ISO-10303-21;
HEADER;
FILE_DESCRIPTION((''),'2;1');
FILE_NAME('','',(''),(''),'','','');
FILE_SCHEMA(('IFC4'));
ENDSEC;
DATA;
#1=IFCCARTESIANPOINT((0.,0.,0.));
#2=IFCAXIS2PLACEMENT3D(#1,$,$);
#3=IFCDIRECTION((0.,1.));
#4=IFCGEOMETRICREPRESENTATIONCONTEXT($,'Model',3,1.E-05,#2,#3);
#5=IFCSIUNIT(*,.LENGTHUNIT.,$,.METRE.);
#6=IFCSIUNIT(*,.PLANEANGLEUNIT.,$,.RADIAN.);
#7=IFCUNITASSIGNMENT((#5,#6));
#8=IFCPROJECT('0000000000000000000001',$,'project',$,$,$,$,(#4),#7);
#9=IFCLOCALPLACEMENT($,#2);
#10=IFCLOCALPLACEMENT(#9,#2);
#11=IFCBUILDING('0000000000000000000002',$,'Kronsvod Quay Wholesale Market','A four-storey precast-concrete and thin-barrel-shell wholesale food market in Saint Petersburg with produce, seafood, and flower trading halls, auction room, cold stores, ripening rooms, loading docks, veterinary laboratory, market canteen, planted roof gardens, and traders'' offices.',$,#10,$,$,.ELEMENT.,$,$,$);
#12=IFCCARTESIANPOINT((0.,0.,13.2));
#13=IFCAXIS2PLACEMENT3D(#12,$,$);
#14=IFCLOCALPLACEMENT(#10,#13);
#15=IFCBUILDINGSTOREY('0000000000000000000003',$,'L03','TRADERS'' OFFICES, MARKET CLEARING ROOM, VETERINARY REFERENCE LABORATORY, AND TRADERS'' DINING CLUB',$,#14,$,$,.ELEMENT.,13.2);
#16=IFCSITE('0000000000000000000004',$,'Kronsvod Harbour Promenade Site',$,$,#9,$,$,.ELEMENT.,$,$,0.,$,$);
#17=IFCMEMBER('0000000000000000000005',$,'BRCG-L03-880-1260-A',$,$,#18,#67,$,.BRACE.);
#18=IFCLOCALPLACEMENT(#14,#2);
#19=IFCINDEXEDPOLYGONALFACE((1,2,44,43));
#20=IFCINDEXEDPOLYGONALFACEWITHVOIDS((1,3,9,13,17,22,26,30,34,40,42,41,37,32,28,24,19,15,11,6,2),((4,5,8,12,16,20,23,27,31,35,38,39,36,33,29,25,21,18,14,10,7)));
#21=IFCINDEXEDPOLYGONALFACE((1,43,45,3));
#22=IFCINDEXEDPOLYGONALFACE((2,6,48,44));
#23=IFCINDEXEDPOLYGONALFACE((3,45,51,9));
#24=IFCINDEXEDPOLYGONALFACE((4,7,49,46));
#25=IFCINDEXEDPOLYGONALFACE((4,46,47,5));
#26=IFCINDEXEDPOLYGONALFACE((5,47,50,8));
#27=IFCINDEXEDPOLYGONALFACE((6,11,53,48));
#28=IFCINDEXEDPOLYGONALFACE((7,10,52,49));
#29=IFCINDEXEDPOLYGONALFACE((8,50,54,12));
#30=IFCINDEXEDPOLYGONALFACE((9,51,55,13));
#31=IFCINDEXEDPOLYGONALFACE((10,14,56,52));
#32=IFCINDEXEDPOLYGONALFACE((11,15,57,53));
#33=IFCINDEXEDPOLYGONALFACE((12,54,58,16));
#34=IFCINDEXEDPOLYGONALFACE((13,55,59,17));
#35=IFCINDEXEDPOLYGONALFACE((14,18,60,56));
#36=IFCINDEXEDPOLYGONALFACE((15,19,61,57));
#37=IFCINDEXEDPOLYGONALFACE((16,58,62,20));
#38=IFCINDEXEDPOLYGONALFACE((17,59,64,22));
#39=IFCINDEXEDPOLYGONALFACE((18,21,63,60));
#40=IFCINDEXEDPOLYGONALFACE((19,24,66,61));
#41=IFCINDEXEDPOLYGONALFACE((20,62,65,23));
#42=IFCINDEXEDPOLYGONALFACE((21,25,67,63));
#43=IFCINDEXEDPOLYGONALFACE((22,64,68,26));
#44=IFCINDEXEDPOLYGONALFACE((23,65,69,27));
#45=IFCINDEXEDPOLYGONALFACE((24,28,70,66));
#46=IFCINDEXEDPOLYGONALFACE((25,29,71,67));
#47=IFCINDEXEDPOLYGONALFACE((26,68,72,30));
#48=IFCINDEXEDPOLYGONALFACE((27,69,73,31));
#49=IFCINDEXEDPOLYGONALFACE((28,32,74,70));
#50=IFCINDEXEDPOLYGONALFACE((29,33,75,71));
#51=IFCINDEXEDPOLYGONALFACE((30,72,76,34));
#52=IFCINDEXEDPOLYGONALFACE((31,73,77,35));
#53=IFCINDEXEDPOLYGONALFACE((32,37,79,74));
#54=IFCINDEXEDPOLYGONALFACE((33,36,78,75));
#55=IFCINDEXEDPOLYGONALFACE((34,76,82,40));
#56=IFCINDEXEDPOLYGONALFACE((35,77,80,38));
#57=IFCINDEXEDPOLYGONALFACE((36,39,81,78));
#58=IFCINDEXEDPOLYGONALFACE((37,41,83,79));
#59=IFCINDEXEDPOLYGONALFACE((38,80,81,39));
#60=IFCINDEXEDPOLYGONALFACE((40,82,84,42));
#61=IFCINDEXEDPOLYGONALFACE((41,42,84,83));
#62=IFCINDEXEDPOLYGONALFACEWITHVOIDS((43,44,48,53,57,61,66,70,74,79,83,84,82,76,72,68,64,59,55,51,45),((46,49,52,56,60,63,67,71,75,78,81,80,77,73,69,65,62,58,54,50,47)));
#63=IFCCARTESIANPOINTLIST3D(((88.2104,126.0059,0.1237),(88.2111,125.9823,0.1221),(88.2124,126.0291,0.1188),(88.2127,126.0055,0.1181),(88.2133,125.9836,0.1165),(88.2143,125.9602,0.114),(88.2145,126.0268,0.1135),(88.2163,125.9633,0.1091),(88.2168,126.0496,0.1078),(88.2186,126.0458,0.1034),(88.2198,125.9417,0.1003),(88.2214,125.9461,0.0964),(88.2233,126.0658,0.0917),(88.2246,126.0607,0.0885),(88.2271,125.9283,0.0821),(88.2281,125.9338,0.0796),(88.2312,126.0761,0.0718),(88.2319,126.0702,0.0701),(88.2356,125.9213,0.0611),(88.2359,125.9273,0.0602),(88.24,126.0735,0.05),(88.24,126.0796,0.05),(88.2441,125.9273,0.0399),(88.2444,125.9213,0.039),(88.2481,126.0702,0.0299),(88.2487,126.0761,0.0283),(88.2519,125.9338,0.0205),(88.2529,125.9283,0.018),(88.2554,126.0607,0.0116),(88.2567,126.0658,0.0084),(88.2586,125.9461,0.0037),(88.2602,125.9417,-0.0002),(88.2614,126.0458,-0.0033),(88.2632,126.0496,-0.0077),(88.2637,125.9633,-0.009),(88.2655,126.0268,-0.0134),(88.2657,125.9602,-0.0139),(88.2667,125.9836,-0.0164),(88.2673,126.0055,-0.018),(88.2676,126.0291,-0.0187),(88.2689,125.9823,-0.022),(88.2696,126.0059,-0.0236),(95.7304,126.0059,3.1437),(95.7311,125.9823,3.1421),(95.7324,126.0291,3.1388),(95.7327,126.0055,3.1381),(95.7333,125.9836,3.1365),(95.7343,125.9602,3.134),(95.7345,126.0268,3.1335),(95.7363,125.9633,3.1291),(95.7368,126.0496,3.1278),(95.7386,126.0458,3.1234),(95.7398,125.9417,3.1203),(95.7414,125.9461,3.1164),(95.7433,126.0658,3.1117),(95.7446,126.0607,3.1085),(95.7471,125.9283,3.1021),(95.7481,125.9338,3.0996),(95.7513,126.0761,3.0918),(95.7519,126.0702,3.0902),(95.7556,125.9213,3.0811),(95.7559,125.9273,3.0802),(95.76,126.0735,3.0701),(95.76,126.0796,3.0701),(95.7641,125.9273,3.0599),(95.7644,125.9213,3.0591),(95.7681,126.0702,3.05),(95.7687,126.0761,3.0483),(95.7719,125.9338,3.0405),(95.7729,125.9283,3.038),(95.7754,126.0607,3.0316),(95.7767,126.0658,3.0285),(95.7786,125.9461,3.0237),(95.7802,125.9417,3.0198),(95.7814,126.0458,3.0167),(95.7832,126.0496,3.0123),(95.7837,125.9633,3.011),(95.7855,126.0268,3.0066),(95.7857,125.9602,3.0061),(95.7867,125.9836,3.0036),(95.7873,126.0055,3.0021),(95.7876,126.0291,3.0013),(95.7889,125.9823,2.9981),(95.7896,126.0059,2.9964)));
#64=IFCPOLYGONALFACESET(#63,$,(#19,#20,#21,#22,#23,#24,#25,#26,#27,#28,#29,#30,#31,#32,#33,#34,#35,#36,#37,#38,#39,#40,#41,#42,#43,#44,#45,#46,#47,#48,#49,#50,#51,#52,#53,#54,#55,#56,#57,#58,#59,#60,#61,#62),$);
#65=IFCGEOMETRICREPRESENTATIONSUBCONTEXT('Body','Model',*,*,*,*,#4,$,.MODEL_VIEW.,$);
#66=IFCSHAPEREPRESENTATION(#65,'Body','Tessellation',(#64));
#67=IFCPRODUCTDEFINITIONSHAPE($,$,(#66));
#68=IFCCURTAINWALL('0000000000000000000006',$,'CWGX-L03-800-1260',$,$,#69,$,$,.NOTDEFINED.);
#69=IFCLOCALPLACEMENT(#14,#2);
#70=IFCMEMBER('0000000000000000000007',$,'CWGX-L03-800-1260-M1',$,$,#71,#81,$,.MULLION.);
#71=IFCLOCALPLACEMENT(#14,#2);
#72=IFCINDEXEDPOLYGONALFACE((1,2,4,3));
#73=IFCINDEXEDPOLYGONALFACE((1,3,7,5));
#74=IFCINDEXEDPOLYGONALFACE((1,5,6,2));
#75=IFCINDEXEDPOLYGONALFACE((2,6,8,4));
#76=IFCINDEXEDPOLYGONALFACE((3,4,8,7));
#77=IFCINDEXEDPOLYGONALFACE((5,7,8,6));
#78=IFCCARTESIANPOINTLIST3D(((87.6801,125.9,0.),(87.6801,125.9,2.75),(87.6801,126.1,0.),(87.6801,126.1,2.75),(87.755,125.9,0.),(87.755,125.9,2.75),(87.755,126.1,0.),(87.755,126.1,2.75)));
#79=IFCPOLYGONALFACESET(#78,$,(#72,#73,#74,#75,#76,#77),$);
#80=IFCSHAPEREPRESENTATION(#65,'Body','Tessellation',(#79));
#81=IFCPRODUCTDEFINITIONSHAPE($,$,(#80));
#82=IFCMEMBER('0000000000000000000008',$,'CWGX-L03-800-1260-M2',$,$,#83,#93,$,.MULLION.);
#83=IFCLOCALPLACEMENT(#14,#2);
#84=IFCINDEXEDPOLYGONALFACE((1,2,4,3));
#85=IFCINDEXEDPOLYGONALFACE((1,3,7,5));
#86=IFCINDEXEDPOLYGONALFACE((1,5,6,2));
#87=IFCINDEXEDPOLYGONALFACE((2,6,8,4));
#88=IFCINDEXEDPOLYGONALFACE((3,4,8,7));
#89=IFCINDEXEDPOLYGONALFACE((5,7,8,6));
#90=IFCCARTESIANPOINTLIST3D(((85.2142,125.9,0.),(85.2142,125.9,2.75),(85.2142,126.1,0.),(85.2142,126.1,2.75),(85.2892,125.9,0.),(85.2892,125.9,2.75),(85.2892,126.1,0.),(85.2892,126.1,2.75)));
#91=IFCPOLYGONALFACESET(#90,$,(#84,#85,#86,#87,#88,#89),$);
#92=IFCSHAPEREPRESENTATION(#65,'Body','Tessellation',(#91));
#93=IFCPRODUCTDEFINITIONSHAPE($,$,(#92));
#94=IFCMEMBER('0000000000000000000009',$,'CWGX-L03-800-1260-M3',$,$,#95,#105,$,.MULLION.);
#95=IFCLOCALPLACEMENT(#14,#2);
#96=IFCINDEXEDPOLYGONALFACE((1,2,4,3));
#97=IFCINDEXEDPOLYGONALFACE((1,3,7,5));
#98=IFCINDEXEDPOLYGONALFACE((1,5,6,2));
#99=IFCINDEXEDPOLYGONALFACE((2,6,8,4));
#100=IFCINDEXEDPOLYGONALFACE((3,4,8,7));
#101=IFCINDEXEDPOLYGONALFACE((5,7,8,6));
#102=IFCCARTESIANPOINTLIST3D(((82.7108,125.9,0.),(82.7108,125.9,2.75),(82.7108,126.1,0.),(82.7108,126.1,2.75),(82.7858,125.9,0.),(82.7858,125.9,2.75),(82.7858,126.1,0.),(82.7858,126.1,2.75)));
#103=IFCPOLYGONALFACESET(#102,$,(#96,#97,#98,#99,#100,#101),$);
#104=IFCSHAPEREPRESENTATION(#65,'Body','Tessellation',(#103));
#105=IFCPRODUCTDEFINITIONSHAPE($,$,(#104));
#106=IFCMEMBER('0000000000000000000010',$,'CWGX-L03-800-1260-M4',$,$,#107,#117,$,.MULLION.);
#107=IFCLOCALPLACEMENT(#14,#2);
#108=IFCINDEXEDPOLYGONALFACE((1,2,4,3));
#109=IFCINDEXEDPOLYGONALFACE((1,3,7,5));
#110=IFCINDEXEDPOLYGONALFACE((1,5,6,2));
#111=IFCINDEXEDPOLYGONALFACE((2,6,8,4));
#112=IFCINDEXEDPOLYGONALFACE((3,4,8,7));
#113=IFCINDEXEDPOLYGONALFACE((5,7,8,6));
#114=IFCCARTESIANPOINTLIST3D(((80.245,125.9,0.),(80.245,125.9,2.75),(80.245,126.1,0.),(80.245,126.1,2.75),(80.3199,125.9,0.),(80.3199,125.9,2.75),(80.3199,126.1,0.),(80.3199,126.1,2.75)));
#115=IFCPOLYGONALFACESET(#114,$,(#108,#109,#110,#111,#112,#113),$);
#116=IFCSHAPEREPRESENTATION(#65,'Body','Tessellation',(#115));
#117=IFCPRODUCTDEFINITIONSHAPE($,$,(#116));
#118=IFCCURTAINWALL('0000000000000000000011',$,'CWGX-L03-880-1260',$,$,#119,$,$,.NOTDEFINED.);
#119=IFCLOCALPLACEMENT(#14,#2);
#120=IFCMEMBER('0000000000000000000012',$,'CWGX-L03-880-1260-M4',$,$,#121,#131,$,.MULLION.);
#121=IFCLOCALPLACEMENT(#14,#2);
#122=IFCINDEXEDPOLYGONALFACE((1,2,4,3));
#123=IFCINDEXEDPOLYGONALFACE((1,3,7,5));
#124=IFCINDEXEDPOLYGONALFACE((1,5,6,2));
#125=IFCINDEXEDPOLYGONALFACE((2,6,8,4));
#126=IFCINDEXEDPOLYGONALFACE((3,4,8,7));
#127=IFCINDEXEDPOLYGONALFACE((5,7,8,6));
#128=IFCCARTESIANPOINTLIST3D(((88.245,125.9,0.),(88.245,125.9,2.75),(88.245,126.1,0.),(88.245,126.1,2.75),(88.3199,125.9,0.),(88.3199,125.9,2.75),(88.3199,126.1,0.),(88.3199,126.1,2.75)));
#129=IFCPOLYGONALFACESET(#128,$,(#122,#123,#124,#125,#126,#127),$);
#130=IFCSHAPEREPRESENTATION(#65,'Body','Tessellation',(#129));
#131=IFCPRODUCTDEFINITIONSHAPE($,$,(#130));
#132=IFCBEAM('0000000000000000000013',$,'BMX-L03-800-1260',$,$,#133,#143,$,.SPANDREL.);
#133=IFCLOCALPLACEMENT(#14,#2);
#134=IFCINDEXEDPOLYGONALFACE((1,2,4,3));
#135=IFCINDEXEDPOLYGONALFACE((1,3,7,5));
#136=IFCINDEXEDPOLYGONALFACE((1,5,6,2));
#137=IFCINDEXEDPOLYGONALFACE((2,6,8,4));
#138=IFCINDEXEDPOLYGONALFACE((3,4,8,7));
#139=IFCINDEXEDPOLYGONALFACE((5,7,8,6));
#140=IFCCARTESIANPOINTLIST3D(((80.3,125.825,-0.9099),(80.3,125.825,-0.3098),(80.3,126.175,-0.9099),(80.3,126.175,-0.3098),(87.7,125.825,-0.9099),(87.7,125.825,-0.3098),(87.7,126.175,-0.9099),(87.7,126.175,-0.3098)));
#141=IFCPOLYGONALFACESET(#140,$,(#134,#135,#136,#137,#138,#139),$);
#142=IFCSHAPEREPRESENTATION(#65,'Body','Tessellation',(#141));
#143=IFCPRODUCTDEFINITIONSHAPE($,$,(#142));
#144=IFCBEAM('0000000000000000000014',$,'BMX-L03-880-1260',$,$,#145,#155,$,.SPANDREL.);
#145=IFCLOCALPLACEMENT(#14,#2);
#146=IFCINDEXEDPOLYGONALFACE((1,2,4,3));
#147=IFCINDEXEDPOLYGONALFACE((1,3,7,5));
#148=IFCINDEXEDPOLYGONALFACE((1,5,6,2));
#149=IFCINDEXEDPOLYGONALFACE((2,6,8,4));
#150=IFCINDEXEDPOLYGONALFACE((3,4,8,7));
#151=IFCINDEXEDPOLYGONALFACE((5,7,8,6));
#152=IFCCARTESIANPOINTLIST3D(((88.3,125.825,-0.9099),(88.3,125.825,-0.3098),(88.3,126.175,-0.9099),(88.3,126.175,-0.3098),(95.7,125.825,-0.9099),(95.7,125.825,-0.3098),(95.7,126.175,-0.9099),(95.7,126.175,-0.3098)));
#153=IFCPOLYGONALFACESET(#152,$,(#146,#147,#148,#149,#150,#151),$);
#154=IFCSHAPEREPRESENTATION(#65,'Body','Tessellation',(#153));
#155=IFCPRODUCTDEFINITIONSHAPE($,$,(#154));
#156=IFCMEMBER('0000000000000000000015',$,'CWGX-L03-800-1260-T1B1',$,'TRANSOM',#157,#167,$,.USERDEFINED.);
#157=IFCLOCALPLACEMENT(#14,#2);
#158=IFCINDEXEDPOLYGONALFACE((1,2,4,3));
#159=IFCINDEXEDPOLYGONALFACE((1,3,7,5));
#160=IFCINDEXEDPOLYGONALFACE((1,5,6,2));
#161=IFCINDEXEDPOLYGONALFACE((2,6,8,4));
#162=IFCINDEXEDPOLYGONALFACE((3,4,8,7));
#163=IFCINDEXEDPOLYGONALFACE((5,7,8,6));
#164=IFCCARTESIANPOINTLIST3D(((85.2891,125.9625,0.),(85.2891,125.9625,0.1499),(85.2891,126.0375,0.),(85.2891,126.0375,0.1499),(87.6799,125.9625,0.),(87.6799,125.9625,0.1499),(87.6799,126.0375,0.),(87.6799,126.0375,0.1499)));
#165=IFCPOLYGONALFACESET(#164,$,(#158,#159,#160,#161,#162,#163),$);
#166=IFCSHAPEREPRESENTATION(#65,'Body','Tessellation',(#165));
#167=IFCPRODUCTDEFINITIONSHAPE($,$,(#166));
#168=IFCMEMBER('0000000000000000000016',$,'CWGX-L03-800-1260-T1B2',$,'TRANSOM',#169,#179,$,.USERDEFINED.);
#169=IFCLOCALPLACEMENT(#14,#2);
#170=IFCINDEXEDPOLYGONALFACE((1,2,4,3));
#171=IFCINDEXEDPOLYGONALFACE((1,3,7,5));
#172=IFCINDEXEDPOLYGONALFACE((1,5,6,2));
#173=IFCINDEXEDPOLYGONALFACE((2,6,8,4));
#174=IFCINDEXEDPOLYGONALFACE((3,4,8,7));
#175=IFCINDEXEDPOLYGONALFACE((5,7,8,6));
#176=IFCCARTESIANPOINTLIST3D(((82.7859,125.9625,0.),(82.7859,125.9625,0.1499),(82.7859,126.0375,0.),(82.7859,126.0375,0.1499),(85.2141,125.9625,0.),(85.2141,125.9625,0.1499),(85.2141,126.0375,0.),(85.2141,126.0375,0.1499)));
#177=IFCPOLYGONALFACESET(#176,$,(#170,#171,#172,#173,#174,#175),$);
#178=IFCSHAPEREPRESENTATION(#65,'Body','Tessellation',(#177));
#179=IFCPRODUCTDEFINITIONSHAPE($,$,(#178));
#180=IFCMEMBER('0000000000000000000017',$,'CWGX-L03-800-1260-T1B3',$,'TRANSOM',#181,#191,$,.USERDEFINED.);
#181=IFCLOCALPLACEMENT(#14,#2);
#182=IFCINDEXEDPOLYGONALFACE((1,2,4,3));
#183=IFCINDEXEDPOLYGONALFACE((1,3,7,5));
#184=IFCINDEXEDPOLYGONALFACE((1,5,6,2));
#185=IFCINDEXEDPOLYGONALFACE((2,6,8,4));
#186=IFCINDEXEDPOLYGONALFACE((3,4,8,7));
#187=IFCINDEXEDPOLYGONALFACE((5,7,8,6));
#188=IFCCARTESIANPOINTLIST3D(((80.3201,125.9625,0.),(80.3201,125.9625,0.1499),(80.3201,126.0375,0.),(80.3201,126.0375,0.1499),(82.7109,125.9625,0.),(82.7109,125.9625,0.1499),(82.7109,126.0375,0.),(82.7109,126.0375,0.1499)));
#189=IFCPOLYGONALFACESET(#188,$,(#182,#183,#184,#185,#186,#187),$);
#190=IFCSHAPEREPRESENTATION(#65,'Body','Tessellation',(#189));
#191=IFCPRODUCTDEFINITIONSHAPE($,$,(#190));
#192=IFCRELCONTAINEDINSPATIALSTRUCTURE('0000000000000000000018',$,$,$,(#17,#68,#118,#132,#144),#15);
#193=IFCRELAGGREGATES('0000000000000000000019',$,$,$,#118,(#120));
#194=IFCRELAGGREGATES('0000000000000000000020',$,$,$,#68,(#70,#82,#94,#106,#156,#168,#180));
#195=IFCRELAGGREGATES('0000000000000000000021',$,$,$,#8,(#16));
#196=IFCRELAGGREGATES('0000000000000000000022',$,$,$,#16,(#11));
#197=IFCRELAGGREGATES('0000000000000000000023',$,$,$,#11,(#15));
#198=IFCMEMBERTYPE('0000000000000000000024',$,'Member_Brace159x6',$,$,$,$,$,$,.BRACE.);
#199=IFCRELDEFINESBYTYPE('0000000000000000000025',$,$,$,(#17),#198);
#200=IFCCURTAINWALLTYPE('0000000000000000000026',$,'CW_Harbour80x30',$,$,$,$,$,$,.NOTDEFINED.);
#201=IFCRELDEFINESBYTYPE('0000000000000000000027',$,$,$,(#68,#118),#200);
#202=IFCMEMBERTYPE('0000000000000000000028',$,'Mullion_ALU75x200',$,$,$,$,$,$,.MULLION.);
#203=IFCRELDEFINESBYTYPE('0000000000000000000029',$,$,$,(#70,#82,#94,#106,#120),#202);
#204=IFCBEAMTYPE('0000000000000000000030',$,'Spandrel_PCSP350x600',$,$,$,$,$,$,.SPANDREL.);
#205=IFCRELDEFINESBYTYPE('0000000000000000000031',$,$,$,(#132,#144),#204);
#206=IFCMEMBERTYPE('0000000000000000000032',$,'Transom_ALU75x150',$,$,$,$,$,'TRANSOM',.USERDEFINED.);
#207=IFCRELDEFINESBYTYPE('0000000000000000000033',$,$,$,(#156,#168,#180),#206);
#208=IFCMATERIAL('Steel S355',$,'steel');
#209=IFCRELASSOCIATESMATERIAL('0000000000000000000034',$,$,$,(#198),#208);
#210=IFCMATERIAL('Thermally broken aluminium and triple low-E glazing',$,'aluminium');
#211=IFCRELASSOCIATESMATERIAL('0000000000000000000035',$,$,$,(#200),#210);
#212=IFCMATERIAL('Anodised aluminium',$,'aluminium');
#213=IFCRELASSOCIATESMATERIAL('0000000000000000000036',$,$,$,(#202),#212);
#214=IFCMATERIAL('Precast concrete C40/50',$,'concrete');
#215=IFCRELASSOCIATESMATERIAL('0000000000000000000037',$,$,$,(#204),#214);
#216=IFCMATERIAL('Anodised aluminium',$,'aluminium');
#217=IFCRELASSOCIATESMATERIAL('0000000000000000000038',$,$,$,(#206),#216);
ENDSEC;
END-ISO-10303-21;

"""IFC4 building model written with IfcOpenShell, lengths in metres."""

from ifc_helpers import new_model, si_unit, direction, frame, origin, origin_2d, place, context, subcontext, project, spatial, rectangle, hollow_circle, extrude, material, material_profile, profile_set, type_object, element, aggregate, save


model = new_model("IFC4")

# Units and contexts
model_context = context("Model", 3, precision=1e-05, world=origin(), true_north=direction((0.0, 1.0)))
body_context = subcontext(model_context, "Body", "Model", "MODEL_VIEW")
ifc_project = project(units=[si_unit("LENGTHUNIT", "METRE"), si_unit("PLANEANGLEUNIT", "RADIAN")], contexts=[model_context])

# Site, building, storey
site_placement = place(None, origin())
site = spatial("IfcSite", under=ifc_project, at=site_placement, Name="Kronsvod Harbour Promenade Site", CompositionType="ELEMENT", RefElevation=0.0)
building_placement = place(site_placement, origin())
building = spatial("IfcBuilding", under=site, at=building_placement, Name="Kronsvod Quay Wholesale Market", Description="A four-storey precast-concrete and thin-barrel-shell wholesale food market in Saint Petersburg with produce, seafood, and flower trading halls, auction room, cold stores, ripening rooms, loading docks, veterinary laboratory, market canteen, planted roof gardens, and traders' offices.", CompositionType="ELEMENT")
storey_placement = place(building_placement, frame((0.0, 0.0, 13.2)))
storey = spatial("IfcBuildingStorey", under=building, at=storey_placement, Name="L03", Description="TRADERS' OFFICES, MARKET CLEARING ROOM, VETERINARY REFERENCE LABORATORY, AND TRADERS' DINING CLUB", CompositionType="ELEMENT", Elevation=13.2)

# Member
ifc_material_1 = material(Name="Steel S355", Category="steel")
ifc_material_profile_1 = material_profile(ifc_material_1, hollow_circle(Radius=0.0796, WallThickness=0.0061, at=origin_2d()), Name="CHS159x6")
ifc_profile_set_1 = profile_set([ifc_material_profile_1], Name="Steel S355")
member_type_1 = type_object("IfcMemberType", Name="Member_Brace159x6", PredefinedType="BRACE", material=ifc_profile_set_1)
member_1_placement = place(storey_placement, frame((88.24, 126.0, 0.05), z_axis=(0.927965, 0.0, 0.372668), x_axis=(0.0, 1.0, 0.0)))
element("IfcMember", 1, at=member_1_placement, inside=storey, type_object=member_type_1, Name="BRCG-L03-880-1260-A", PredefinedType="BRACE", context=body_context, shape_type="SweptSolid", body=[
    extrude(hollow_circle(Radius=0.0796, WallThickness=0.0061, at=origin_2d()), origin(), (0.0, 0.0, 1.0), 8.1038),
])

# Curtain wall, members
ifc_material_2 = material(Name="Thermally broken aluminium and triple low-E glazing", Category="aluminium")
curtain_wall_type = type_object("IfcCurtainWallType", Name="CW_Harbour80x30", PredefinedType="NOTDEFINED", material=ifc_material_2)
curtain_wall_1_placement = place(storey_placement, origin())
curtain_wall_1 = element("IfcCurtainWall", 2, at=curtain_wall_1_placement, inside=storey, type_object=curtain_wall_type, Name="CWGX-L03-800-1260", PredefinedType="NOTDEFINED")
ifc_material_3 = material(Name="Anodised aluminium", Category="aluminium")
ifc_material_profile_2 = material_profile(ifc_material_3, rectangle(XDim=0.075, YDim=0.2, at=origin_2d()), Name="ALUM75x200")
ifc_profile_set_2 = profile_set([ifc_material_profile_2], Name="Anodised aluminium")
member_type_2 = type_object("IfcMemberType", Name="Mullion_ALU75x200", PredefinedType="MULLION", material=ifc_profile_set_2)
member_2_placement = place(storey_placement, frame((87.7175, 126.0, 0.0), z_axis=(0.0, 0.0, 1.0), x_axis=(1.0, 0.0, 0.0)))
member_2 = element("IfcMember", 3, at=member_2_placement, type_object=member_type_2, Name="CWGX-L03-800-1260-M1", PredefinedType="MULLION", context=body_context, shape_type="SweptSolid", body=[
    extrude(rectangle(XDim=0.075, YDim=0.2, at=origin_2d()), origin(), (0.0, 0.0, 1.0), 2.75),
])
member_3_placement = place(storey_placement, frame((85.2517, 126.0, 0.0), z_axis=(0.0, 0.0, 1.0), x_axis=(1.0, 0.0, 0.0)))
member_3 = element("IfcMember", 4, at=member_3_placement, type_object=member_type_2, Name="CWGX-L03-800-1260-M2", PredefinedType="MULLION", context=body_context, shape_type="SweptSolid", body=[
    extrude(rectangle(XDim=0.075, YDim=0.2, at=origin_2d()), origin(), (0.0, 0.0, 1.0), 2.75),
])
member_4_placement = place(storey_placement, frame((82.7483, 126.0, 0.0), z_axis=(0.0, 0.0, 1.0), x_axis=(1.0, 0.0, 0.0)))
member_4 = element("IfcMember", 5, at=member_4_placement, type_object=member_type_2, Name="CWGX-L03-800-1260-M3", PredefinedType="MULLION", context=body_context, shape_type="SweptSolid", body=[
    extrude(rectangle(XDim=0.075, YDim=0.2, at=origin_2d()), origin(), (0.0, 0.0, 1.0), 2.75),
])
member_5_placement = place(storey_placement, frame((80.2825, 126.0, 0.0), z_axis=(0.0, 0.0, 1.0), x_axis=(1.0, 0.0, 0.0)))
member_5 = element("IfcMember", 6, at=member_5_placement, type_object=member_type_2, Name="CWGX-L03-800-1260-M4", PredefinedType="MULLION", context=body_context, shape_type="SweptSolid", body=[
    extrude(rectangle(XDim=0.075, YDim=0.2, at=origin_2d()), origin(), (0.0, 0.0, 1.0), 2.75),
])

# Curtain wall, member
curtain_wall_2_placement = place(storey_placement, origin())
curtain_wall_2 = element("IfcCurtainWall", 7, at=curtain_wall_2_placement, inside=storey, type_object=curtain_wall_type, Name="CWGX-L03-880-1260", PredefinedType="NOTDEFINED")
member_6_placement = place(storey_placement, frame((88.2825, 126.0, 0.0), z_axis=(0.0, 0.0, 1.0), x_axis=(1.0, 0.0, 0.0)))
member_6 = element("IfcMember", 8, at=member_6_placement, type_object=member_type_2, Name="CWGX-L03-880-1260-M4", PredefinedType="MULLION", context=body_context, shape_type="SweptSolid", body=[
    extrude(rectangle(XDim=0.075, YDim=0.2, at=origin_2d()), origin(), (0.0, 0.0, 1.0), 2.75),
])

# Beams
ifc_material_4 = material(Name="Precast concrete C40/50", Category="concrete")
ifc_material_profile_3 = material_profile(ifc_material_4, rectangle(XDim=0.3501, YDim=0.6001, at=origin_2d()), Name="PCSP350x600")
ifc_profile_set_3 = profile_set([ifc_material_profile_3], Name="Precast concrete C40/50")
beam_type_1 = type_object("IfcBeamType", Name="Spandrel_PCSP350x600", PredefinedType="SPANDREL", material=ifc_profile_set_3)
for number, where, z_axis, x_axis, name in (
    (9, (80.3, 126.0, -0.6099), (1.0, 0.0, 0.0), (0.0, 1.0, 0.0), "BMX-L03-800-1260"),
    (10, (88.3, 126.0, -0.6099), (1.0, 0.0, 0.0), (0.0, 1.0, 0.0), "BMX-L03-880-1260"),
):
    element("IfcBeam", number, at=place(storey_placement, frame(where, z_axis=z_axis, x_axis=x_axis)), inside=storey, type_object=beam_type_1, Name=name, PredefinedType="SPANDREL", context=body_context, shape_type="SweptSolid", body=[
        extrude(rectangle(XDim=0.3501, YDim=0.6001, at=origin_2d()), origin(), (0.0, 0.0, 1.0), 7.3999),
    ])

# Members
ifc_material_5 = material(Name="Anodised aluminium", Category="aluminium")
ifc_material_profile_4 = material_profile(ifc_material_5, rectangle(XDim=0.075, YDim=0.1499, at=origin_2d()), Name="ALUT75x150")
ifc_profile_set_4 = profile_set([ifc_material_profile_4], Name="Anodised aluminium")
member_type_3 = type_object("IfcMemberType", Name="Transom_ALU75x150", ElementType="TRANSOM", PredefinedType="USERDEFINED", material=ifc_profile_set_4)
member_7_placement = place(storey_placement, frame((87.6799, 126.0, 0.075), z_axis=(-1.0, 0.0, 0.0), x_axis=(0.0, -1.0, 0.0)))
member_7 = element("IfcMember", 11, at=member_7_placement, type_object=member_type_3, Name="CWGX-L03-800-1260-T1B1", ObjectType="TRANSOM", PredefinedType="USERDEFINED", context=body_context, shape_type="SweptSolid", body=[
    extrude(rectangle(XDim=0.075, YDim=0.1499, at=origin_2d()), origin(), (0.0, 0.0, 1.0), 2.3909),
])
member_8_placement = place(storey_placement, frame((85.2141, 126.0, 0.075), z_axis=(-1.0, 0.0, 0.0), x_axis=(0.0, -1.0, 0.0)))
member_8 = element("IfcMember", 12, at=member_8_placement, type_object=member_type_3, Name="CWGX-L03-800-1260-T1B2", ObjectType="TRANSOM", PredefinedType="USERDEFINED", context=body_context, shape_type="SweptSolid", body=[
    extrude(rectangle(XDim=0.075, YDim=0.1499, at=origin_2d()), origin(), (0.0, 0.0, 1.0), 2.4282),
])
member_9_placement = place(storey_placement, frame((82.7109, 126.0, 0.075), z_axis=(-1.0, 0.0, 0.0), x_axis=(0.0, -1.0, 0.0)))
member_9 = element("IfcMember", 13, at=member_9_placement, type_object=member_type_3, Name="CWGX-L03-800-1260-T1B3", ObjectType="TRANSOM", PredefinedType="USERDEFINED", context=body_context, shape_type="SweptSolid", body=[
    extrude(rectangle(XDim=0.075, YDim=0.1499, at=origin_2d()), origin(), (0.0, 0.0, 1.0), 2.3909),
])

aggregate(curtain_wall_2, [member_6])
aggregate(curtain_wall_1, [member_2, member_3, member_4, member_5, member_7, member_8, member_9])

save(model, "model.ifc")
